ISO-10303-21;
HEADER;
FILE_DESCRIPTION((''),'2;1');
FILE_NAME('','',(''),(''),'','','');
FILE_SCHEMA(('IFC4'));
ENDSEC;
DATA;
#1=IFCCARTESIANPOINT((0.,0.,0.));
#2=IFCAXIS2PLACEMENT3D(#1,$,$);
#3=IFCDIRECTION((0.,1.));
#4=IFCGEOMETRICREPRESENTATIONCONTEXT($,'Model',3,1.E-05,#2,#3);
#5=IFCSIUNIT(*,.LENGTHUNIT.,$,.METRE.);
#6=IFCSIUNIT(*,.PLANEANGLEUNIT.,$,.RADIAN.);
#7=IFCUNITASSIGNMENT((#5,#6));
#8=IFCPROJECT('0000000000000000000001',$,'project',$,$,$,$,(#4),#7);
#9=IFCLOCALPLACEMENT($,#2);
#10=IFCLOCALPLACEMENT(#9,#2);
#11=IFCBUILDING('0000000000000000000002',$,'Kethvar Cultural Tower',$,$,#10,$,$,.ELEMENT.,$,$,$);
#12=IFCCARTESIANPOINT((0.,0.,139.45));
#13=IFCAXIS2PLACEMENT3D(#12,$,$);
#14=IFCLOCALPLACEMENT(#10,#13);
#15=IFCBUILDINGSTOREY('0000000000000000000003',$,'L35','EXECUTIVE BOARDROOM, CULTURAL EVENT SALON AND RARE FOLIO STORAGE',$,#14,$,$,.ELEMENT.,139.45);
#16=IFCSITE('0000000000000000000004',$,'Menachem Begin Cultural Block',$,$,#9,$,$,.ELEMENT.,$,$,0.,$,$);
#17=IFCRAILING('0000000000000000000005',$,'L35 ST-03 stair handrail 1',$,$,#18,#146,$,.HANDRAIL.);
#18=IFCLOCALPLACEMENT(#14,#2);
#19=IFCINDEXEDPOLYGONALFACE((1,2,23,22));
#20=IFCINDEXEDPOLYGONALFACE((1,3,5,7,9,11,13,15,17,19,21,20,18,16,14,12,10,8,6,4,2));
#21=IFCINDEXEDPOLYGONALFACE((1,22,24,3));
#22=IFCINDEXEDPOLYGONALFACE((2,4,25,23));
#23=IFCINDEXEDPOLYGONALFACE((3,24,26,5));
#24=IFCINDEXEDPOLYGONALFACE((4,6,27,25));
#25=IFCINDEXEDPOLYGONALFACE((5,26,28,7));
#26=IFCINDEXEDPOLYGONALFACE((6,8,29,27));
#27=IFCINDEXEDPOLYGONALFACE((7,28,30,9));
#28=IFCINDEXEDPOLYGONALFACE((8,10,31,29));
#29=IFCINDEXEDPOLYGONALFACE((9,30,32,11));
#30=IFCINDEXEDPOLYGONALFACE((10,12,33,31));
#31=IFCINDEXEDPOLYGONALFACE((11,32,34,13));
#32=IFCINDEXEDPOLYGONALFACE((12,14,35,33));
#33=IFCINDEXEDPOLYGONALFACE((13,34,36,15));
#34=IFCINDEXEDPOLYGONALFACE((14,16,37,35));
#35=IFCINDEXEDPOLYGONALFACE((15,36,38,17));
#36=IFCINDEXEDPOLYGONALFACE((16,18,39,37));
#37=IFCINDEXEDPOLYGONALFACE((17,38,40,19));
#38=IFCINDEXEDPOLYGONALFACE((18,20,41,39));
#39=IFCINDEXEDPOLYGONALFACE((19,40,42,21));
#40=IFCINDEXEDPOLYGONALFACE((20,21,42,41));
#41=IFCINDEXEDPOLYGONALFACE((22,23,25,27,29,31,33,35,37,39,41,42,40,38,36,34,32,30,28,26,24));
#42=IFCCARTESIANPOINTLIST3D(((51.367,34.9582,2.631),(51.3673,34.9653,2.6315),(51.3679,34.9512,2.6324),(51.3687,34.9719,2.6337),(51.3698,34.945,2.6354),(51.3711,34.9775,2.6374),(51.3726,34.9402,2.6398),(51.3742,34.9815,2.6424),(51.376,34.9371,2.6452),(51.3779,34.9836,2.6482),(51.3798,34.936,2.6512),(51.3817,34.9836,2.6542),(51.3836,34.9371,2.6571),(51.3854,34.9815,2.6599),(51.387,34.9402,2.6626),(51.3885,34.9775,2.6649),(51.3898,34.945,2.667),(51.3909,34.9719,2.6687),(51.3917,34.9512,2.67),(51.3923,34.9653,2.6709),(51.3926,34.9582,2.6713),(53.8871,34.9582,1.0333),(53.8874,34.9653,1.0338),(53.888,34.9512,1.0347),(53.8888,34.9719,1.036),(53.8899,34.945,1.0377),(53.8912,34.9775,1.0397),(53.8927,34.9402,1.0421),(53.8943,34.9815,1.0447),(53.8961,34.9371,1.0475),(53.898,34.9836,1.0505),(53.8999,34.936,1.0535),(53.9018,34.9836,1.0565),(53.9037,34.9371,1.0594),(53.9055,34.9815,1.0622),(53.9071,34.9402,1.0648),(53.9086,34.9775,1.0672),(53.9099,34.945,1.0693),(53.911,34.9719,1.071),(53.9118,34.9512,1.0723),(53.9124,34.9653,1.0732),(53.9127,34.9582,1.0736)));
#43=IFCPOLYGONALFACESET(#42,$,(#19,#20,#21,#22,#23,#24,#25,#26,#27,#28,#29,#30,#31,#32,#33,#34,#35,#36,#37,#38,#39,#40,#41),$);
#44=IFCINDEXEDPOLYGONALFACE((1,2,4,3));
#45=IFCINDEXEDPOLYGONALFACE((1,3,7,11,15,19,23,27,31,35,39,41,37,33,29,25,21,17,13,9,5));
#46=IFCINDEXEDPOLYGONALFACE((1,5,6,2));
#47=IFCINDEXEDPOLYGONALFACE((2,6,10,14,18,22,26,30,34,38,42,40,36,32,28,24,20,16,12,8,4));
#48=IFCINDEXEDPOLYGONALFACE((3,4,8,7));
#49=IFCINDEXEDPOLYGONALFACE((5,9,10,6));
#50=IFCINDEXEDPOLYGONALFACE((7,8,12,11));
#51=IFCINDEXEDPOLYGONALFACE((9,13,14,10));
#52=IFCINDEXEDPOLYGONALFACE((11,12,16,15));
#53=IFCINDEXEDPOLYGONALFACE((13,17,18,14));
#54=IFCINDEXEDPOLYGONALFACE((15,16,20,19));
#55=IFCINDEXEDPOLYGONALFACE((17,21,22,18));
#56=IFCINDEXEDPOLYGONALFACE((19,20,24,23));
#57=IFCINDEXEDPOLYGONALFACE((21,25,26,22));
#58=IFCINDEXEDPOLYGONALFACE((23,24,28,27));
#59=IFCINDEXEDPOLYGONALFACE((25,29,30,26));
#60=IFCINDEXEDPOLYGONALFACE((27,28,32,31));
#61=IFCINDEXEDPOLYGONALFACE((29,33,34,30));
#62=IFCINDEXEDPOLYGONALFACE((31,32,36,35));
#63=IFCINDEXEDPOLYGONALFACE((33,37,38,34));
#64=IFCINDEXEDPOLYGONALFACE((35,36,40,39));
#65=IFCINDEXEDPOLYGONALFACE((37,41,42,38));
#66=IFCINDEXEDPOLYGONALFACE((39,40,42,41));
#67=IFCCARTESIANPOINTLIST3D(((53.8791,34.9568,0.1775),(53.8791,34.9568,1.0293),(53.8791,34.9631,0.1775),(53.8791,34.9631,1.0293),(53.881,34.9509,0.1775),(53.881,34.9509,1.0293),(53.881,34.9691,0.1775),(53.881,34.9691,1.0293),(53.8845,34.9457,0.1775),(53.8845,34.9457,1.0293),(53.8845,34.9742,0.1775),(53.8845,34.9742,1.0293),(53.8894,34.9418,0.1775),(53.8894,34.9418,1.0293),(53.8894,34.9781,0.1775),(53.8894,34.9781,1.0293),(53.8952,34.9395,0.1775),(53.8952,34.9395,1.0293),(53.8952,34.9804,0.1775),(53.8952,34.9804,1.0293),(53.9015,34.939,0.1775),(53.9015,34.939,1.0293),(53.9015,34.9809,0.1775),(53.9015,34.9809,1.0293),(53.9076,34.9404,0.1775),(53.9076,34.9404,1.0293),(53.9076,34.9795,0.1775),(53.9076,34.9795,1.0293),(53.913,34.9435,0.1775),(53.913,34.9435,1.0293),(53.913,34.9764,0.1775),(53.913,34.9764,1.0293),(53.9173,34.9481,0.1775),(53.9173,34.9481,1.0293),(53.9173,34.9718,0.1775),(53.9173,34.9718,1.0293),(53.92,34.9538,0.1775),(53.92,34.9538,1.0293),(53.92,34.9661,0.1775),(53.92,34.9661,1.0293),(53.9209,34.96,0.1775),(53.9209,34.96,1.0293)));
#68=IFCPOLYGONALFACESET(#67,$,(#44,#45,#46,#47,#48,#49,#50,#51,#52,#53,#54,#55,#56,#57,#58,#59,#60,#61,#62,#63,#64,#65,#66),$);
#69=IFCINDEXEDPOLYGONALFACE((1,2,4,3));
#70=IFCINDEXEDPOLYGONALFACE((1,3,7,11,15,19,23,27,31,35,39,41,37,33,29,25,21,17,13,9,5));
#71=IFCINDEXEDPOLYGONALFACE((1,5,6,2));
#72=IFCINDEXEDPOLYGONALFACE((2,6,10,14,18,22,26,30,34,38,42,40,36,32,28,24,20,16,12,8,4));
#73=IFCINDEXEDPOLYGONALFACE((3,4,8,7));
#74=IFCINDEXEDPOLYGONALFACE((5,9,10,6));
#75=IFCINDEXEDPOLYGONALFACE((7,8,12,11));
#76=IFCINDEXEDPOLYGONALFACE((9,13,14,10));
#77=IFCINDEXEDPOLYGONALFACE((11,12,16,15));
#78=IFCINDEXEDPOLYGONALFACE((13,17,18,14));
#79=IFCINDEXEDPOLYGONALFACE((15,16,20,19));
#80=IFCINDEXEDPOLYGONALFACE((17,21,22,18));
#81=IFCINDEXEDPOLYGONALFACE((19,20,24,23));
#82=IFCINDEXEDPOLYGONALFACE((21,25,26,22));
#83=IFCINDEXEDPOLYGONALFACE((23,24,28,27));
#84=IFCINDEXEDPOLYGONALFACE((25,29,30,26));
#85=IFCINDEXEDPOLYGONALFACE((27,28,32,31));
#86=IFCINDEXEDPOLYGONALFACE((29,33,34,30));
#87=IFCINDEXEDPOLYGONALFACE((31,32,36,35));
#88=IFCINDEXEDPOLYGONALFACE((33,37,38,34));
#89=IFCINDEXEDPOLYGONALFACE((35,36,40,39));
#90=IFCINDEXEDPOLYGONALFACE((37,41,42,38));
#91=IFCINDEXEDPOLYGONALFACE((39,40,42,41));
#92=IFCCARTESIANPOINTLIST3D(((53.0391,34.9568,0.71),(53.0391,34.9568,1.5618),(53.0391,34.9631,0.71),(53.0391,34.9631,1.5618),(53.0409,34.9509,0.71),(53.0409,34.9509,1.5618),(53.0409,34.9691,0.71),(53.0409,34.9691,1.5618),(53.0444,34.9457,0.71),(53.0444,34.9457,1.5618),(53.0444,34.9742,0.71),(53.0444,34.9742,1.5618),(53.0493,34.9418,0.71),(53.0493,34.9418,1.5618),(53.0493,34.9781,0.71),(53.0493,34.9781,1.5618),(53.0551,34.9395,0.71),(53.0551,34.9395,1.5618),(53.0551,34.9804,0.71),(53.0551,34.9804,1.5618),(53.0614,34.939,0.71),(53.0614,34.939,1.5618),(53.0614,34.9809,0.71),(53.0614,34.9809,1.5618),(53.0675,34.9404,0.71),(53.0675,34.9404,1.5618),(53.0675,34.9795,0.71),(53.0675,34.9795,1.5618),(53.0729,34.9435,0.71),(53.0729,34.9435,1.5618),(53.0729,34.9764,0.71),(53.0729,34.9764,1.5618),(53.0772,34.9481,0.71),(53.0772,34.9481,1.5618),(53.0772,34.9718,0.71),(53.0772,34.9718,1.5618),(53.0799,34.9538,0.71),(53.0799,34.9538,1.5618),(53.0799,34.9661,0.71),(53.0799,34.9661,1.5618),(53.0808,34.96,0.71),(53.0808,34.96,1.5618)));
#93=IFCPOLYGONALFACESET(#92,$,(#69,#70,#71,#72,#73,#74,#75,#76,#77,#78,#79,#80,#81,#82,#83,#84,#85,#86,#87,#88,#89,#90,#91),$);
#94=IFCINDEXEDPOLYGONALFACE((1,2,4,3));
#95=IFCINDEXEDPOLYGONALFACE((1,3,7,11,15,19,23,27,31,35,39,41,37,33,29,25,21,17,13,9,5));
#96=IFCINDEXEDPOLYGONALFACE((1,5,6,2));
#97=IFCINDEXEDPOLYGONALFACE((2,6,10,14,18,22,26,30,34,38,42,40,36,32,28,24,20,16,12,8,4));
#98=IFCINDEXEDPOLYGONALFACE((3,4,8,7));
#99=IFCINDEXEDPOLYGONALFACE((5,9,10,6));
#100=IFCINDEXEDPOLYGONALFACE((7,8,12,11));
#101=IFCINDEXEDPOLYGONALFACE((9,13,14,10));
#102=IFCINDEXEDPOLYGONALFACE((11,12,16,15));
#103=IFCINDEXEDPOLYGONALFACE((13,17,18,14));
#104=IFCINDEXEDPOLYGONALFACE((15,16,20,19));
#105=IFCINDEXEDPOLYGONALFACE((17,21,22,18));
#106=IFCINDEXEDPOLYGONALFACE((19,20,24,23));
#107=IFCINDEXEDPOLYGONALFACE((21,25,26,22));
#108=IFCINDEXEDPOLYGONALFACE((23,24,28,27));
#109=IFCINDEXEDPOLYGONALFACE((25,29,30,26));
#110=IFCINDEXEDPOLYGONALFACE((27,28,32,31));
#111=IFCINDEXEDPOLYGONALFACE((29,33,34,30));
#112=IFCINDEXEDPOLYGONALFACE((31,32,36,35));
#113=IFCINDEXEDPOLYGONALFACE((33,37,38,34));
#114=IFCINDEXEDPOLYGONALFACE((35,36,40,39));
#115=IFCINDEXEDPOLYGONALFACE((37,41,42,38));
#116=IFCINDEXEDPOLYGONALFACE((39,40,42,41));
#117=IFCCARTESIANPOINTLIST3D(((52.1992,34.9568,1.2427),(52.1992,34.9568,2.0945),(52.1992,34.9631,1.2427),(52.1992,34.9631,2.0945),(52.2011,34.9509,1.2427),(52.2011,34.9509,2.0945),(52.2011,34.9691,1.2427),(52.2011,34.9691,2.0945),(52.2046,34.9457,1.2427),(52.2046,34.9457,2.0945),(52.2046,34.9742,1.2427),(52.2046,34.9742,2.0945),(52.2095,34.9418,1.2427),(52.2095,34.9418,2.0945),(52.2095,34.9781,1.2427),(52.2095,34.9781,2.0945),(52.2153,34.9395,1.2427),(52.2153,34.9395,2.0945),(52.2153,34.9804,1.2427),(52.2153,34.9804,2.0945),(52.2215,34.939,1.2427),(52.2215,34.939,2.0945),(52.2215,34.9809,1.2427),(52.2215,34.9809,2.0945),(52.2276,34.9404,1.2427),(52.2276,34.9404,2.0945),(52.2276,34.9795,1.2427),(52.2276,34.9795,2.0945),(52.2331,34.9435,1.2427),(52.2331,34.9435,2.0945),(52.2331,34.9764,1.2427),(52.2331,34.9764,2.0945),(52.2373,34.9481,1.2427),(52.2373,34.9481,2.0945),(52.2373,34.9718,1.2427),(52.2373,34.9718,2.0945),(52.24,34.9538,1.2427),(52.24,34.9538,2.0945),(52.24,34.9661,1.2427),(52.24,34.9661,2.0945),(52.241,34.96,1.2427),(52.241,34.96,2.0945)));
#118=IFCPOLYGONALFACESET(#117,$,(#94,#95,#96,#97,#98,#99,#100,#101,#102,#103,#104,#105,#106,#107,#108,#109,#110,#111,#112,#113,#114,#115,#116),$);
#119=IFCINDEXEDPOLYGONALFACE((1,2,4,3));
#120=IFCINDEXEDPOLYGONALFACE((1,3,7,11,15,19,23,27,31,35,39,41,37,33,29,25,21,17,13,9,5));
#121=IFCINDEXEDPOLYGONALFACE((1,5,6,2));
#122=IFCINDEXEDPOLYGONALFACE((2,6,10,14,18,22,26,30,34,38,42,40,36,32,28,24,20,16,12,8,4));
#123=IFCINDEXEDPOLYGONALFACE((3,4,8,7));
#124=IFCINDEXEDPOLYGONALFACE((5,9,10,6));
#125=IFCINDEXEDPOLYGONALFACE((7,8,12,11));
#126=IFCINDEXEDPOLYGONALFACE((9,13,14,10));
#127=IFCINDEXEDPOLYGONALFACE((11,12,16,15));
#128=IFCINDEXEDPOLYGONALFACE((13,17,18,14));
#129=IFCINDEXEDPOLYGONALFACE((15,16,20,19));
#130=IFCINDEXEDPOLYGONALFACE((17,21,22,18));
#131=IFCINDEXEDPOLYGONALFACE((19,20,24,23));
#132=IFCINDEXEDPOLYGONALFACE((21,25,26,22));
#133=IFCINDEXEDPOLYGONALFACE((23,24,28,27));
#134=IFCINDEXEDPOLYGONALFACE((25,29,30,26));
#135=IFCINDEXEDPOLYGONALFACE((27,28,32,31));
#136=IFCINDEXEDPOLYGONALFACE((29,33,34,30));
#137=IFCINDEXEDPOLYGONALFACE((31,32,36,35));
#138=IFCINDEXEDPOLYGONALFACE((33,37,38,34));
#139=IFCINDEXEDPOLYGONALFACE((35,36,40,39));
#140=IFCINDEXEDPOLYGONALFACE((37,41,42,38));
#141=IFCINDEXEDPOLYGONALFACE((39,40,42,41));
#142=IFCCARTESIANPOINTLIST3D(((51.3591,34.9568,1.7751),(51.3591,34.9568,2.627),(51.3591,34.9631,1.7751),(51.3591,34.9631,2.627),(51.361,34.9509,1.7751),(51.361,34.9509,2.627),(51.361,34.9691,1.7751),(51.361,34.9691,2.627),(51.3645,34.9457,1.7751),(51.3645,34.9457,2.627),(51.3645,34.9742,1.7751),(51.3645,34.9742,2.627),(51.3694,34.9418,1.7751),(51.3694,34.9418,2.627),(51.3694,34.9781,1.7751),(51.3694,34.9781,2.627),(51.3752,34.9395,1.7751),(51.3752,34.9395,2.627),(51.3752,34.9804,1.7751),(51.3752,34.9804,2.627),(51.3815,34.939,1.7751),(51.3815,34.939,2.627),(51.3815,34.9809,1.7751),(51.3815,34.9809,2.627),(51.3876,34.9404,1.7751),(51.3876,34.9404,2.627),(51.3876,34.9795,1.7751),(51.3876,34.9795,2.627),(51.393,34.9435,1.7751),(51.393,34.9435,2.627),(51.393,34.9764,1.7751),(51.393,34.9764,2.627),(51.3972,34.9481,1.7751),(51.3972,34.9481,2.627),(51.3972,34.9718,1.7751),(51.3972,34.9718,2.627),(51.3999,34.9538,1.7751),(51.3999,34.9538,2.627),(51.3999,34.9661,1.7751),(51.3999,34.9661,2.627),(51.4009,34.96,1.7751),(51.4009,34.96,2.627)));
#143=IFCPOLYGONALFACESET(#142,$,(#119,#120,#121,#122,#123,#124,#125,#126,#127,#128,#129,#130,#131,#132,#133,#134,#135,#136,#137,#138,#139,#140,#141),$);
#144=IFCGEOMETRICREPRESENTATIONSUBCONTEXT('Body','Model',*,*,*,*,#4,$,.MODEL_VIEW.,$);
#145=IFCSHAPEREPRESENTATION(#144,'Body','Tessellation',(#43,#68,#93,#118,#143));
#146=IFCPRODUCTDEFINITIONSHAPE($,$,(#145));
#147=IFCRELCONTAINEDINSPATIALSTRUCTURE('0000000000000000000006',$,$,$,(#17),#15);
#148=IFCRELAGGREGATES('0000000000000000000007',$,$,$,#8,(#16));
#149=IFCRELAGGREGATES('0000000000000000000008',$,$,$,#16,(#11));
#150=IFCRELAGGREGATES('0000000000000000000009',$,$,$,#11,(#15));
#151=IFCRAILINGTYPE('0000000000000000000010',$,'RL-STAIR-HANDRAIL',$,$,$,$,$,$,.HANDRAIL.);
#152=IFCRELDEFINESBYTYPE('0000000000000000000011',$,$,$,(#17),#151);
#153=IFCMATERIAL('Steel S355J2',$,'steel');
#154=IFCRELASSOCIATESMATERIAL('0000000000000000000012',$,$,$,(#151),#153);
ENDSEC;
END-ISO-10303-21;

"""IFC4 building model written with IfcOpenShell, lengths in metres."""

from ifc_helpers import new_model, si_unit, direction, frame, origin, origin_2d, place, context, subcontext, project, spatial, circle, extrude, material, type_object, element, save


model = new_model("IFC4")

# Units and contexts
model_context = context("Model", 3, precision=1e-05, world=origin(), true_north=direction((0.0, 1.0)))
body_context = subcontext(model_context, "Body", "Model", "MODEL_VIEW")
ifc_project = project(units=[si_unit("LENGTHUNIT", "METRE"), si_unit("PLANEANGLEUNIT", "RADIAN")], contexts=[model_context])

# Site, building, storey
site_placement = place(None, origin())
site = spatial("IfcSite", under=ifc_project, at=site_placement, Name="Menachem Begin Cultural Block", CompositionType="ELEMENT", RefElevation=0.0)
building_placement = place(site_placement, origin())
building = spatial("IfcBuilding", under=site, at=building_placement, Name="Kethvar Cultural Tower", CompositionType="ELEMENT")
storey_placement = place(building_placement, frame((0.0, 0.0, 139.45)))
storey = spatial("IfcBuildingStorey", under=building, at=storey_placement, Name="L35", Description="EXECUTIVE BOARDROOM, CULTURAL EVENT SALON AND RARE FOLIO STORAGE", CompositionType="ELEMENT", Elevation=139.45)

# Shared definitions
ifc_material_1 = material(Name="Steel S355J2", Category="steel")

# Railing
railing_type_1 = type_object("IfcRailingType", Name="RL-STAIR-HANDRAIL", PredefinedType="HANDRAIL", material=ifc_material_1)
railing_1_placement = place(storey_placement, frame((53.8999, 34.96, 0.1775)))
element("IfcRailing", 1, at=railing_1_placement, inside=storey, type_object=railing_type_1, Name="L35 ST-03 stair handrail 1", PredefinedType="HANDRAIL", context=body_context, shape_type="SweptSolid", body=[
    extrude(circle(Radius=0.0239, at=origin_2d()), frame((0.0, 0.0, 0.876), z_axis=(-0.84457, 0.0, 0.535445), x_axis=(0.0, -1.0, 0.0)), (0.0, 0.0, 1.0), 2.9839),
    extrude(circle(Radius=0.021, at=origin_2d()), origin(), (0.0, 0.0, 1.0), 0.8518),
    extrude(circle(Radius=0.021, at=origin_2d()), frame((-0.8401, 0.0, 0.5325)), (0.0, 0.0, 1.0), 0.8518),
    extrude(circle(Radius=0.021, at=origin_2d()), frame((-1.6799, 0.0, 1.0652)), (0.0, 0.0, 1.0), 0.8518),
    extrude(circle(Radius=0.021, at=origin_2d()), frame((-2.52, 0.0, 1.5977)), (0.0, 0.0, 1.0), 0.8518),
])

save(model, "model.ifc")
